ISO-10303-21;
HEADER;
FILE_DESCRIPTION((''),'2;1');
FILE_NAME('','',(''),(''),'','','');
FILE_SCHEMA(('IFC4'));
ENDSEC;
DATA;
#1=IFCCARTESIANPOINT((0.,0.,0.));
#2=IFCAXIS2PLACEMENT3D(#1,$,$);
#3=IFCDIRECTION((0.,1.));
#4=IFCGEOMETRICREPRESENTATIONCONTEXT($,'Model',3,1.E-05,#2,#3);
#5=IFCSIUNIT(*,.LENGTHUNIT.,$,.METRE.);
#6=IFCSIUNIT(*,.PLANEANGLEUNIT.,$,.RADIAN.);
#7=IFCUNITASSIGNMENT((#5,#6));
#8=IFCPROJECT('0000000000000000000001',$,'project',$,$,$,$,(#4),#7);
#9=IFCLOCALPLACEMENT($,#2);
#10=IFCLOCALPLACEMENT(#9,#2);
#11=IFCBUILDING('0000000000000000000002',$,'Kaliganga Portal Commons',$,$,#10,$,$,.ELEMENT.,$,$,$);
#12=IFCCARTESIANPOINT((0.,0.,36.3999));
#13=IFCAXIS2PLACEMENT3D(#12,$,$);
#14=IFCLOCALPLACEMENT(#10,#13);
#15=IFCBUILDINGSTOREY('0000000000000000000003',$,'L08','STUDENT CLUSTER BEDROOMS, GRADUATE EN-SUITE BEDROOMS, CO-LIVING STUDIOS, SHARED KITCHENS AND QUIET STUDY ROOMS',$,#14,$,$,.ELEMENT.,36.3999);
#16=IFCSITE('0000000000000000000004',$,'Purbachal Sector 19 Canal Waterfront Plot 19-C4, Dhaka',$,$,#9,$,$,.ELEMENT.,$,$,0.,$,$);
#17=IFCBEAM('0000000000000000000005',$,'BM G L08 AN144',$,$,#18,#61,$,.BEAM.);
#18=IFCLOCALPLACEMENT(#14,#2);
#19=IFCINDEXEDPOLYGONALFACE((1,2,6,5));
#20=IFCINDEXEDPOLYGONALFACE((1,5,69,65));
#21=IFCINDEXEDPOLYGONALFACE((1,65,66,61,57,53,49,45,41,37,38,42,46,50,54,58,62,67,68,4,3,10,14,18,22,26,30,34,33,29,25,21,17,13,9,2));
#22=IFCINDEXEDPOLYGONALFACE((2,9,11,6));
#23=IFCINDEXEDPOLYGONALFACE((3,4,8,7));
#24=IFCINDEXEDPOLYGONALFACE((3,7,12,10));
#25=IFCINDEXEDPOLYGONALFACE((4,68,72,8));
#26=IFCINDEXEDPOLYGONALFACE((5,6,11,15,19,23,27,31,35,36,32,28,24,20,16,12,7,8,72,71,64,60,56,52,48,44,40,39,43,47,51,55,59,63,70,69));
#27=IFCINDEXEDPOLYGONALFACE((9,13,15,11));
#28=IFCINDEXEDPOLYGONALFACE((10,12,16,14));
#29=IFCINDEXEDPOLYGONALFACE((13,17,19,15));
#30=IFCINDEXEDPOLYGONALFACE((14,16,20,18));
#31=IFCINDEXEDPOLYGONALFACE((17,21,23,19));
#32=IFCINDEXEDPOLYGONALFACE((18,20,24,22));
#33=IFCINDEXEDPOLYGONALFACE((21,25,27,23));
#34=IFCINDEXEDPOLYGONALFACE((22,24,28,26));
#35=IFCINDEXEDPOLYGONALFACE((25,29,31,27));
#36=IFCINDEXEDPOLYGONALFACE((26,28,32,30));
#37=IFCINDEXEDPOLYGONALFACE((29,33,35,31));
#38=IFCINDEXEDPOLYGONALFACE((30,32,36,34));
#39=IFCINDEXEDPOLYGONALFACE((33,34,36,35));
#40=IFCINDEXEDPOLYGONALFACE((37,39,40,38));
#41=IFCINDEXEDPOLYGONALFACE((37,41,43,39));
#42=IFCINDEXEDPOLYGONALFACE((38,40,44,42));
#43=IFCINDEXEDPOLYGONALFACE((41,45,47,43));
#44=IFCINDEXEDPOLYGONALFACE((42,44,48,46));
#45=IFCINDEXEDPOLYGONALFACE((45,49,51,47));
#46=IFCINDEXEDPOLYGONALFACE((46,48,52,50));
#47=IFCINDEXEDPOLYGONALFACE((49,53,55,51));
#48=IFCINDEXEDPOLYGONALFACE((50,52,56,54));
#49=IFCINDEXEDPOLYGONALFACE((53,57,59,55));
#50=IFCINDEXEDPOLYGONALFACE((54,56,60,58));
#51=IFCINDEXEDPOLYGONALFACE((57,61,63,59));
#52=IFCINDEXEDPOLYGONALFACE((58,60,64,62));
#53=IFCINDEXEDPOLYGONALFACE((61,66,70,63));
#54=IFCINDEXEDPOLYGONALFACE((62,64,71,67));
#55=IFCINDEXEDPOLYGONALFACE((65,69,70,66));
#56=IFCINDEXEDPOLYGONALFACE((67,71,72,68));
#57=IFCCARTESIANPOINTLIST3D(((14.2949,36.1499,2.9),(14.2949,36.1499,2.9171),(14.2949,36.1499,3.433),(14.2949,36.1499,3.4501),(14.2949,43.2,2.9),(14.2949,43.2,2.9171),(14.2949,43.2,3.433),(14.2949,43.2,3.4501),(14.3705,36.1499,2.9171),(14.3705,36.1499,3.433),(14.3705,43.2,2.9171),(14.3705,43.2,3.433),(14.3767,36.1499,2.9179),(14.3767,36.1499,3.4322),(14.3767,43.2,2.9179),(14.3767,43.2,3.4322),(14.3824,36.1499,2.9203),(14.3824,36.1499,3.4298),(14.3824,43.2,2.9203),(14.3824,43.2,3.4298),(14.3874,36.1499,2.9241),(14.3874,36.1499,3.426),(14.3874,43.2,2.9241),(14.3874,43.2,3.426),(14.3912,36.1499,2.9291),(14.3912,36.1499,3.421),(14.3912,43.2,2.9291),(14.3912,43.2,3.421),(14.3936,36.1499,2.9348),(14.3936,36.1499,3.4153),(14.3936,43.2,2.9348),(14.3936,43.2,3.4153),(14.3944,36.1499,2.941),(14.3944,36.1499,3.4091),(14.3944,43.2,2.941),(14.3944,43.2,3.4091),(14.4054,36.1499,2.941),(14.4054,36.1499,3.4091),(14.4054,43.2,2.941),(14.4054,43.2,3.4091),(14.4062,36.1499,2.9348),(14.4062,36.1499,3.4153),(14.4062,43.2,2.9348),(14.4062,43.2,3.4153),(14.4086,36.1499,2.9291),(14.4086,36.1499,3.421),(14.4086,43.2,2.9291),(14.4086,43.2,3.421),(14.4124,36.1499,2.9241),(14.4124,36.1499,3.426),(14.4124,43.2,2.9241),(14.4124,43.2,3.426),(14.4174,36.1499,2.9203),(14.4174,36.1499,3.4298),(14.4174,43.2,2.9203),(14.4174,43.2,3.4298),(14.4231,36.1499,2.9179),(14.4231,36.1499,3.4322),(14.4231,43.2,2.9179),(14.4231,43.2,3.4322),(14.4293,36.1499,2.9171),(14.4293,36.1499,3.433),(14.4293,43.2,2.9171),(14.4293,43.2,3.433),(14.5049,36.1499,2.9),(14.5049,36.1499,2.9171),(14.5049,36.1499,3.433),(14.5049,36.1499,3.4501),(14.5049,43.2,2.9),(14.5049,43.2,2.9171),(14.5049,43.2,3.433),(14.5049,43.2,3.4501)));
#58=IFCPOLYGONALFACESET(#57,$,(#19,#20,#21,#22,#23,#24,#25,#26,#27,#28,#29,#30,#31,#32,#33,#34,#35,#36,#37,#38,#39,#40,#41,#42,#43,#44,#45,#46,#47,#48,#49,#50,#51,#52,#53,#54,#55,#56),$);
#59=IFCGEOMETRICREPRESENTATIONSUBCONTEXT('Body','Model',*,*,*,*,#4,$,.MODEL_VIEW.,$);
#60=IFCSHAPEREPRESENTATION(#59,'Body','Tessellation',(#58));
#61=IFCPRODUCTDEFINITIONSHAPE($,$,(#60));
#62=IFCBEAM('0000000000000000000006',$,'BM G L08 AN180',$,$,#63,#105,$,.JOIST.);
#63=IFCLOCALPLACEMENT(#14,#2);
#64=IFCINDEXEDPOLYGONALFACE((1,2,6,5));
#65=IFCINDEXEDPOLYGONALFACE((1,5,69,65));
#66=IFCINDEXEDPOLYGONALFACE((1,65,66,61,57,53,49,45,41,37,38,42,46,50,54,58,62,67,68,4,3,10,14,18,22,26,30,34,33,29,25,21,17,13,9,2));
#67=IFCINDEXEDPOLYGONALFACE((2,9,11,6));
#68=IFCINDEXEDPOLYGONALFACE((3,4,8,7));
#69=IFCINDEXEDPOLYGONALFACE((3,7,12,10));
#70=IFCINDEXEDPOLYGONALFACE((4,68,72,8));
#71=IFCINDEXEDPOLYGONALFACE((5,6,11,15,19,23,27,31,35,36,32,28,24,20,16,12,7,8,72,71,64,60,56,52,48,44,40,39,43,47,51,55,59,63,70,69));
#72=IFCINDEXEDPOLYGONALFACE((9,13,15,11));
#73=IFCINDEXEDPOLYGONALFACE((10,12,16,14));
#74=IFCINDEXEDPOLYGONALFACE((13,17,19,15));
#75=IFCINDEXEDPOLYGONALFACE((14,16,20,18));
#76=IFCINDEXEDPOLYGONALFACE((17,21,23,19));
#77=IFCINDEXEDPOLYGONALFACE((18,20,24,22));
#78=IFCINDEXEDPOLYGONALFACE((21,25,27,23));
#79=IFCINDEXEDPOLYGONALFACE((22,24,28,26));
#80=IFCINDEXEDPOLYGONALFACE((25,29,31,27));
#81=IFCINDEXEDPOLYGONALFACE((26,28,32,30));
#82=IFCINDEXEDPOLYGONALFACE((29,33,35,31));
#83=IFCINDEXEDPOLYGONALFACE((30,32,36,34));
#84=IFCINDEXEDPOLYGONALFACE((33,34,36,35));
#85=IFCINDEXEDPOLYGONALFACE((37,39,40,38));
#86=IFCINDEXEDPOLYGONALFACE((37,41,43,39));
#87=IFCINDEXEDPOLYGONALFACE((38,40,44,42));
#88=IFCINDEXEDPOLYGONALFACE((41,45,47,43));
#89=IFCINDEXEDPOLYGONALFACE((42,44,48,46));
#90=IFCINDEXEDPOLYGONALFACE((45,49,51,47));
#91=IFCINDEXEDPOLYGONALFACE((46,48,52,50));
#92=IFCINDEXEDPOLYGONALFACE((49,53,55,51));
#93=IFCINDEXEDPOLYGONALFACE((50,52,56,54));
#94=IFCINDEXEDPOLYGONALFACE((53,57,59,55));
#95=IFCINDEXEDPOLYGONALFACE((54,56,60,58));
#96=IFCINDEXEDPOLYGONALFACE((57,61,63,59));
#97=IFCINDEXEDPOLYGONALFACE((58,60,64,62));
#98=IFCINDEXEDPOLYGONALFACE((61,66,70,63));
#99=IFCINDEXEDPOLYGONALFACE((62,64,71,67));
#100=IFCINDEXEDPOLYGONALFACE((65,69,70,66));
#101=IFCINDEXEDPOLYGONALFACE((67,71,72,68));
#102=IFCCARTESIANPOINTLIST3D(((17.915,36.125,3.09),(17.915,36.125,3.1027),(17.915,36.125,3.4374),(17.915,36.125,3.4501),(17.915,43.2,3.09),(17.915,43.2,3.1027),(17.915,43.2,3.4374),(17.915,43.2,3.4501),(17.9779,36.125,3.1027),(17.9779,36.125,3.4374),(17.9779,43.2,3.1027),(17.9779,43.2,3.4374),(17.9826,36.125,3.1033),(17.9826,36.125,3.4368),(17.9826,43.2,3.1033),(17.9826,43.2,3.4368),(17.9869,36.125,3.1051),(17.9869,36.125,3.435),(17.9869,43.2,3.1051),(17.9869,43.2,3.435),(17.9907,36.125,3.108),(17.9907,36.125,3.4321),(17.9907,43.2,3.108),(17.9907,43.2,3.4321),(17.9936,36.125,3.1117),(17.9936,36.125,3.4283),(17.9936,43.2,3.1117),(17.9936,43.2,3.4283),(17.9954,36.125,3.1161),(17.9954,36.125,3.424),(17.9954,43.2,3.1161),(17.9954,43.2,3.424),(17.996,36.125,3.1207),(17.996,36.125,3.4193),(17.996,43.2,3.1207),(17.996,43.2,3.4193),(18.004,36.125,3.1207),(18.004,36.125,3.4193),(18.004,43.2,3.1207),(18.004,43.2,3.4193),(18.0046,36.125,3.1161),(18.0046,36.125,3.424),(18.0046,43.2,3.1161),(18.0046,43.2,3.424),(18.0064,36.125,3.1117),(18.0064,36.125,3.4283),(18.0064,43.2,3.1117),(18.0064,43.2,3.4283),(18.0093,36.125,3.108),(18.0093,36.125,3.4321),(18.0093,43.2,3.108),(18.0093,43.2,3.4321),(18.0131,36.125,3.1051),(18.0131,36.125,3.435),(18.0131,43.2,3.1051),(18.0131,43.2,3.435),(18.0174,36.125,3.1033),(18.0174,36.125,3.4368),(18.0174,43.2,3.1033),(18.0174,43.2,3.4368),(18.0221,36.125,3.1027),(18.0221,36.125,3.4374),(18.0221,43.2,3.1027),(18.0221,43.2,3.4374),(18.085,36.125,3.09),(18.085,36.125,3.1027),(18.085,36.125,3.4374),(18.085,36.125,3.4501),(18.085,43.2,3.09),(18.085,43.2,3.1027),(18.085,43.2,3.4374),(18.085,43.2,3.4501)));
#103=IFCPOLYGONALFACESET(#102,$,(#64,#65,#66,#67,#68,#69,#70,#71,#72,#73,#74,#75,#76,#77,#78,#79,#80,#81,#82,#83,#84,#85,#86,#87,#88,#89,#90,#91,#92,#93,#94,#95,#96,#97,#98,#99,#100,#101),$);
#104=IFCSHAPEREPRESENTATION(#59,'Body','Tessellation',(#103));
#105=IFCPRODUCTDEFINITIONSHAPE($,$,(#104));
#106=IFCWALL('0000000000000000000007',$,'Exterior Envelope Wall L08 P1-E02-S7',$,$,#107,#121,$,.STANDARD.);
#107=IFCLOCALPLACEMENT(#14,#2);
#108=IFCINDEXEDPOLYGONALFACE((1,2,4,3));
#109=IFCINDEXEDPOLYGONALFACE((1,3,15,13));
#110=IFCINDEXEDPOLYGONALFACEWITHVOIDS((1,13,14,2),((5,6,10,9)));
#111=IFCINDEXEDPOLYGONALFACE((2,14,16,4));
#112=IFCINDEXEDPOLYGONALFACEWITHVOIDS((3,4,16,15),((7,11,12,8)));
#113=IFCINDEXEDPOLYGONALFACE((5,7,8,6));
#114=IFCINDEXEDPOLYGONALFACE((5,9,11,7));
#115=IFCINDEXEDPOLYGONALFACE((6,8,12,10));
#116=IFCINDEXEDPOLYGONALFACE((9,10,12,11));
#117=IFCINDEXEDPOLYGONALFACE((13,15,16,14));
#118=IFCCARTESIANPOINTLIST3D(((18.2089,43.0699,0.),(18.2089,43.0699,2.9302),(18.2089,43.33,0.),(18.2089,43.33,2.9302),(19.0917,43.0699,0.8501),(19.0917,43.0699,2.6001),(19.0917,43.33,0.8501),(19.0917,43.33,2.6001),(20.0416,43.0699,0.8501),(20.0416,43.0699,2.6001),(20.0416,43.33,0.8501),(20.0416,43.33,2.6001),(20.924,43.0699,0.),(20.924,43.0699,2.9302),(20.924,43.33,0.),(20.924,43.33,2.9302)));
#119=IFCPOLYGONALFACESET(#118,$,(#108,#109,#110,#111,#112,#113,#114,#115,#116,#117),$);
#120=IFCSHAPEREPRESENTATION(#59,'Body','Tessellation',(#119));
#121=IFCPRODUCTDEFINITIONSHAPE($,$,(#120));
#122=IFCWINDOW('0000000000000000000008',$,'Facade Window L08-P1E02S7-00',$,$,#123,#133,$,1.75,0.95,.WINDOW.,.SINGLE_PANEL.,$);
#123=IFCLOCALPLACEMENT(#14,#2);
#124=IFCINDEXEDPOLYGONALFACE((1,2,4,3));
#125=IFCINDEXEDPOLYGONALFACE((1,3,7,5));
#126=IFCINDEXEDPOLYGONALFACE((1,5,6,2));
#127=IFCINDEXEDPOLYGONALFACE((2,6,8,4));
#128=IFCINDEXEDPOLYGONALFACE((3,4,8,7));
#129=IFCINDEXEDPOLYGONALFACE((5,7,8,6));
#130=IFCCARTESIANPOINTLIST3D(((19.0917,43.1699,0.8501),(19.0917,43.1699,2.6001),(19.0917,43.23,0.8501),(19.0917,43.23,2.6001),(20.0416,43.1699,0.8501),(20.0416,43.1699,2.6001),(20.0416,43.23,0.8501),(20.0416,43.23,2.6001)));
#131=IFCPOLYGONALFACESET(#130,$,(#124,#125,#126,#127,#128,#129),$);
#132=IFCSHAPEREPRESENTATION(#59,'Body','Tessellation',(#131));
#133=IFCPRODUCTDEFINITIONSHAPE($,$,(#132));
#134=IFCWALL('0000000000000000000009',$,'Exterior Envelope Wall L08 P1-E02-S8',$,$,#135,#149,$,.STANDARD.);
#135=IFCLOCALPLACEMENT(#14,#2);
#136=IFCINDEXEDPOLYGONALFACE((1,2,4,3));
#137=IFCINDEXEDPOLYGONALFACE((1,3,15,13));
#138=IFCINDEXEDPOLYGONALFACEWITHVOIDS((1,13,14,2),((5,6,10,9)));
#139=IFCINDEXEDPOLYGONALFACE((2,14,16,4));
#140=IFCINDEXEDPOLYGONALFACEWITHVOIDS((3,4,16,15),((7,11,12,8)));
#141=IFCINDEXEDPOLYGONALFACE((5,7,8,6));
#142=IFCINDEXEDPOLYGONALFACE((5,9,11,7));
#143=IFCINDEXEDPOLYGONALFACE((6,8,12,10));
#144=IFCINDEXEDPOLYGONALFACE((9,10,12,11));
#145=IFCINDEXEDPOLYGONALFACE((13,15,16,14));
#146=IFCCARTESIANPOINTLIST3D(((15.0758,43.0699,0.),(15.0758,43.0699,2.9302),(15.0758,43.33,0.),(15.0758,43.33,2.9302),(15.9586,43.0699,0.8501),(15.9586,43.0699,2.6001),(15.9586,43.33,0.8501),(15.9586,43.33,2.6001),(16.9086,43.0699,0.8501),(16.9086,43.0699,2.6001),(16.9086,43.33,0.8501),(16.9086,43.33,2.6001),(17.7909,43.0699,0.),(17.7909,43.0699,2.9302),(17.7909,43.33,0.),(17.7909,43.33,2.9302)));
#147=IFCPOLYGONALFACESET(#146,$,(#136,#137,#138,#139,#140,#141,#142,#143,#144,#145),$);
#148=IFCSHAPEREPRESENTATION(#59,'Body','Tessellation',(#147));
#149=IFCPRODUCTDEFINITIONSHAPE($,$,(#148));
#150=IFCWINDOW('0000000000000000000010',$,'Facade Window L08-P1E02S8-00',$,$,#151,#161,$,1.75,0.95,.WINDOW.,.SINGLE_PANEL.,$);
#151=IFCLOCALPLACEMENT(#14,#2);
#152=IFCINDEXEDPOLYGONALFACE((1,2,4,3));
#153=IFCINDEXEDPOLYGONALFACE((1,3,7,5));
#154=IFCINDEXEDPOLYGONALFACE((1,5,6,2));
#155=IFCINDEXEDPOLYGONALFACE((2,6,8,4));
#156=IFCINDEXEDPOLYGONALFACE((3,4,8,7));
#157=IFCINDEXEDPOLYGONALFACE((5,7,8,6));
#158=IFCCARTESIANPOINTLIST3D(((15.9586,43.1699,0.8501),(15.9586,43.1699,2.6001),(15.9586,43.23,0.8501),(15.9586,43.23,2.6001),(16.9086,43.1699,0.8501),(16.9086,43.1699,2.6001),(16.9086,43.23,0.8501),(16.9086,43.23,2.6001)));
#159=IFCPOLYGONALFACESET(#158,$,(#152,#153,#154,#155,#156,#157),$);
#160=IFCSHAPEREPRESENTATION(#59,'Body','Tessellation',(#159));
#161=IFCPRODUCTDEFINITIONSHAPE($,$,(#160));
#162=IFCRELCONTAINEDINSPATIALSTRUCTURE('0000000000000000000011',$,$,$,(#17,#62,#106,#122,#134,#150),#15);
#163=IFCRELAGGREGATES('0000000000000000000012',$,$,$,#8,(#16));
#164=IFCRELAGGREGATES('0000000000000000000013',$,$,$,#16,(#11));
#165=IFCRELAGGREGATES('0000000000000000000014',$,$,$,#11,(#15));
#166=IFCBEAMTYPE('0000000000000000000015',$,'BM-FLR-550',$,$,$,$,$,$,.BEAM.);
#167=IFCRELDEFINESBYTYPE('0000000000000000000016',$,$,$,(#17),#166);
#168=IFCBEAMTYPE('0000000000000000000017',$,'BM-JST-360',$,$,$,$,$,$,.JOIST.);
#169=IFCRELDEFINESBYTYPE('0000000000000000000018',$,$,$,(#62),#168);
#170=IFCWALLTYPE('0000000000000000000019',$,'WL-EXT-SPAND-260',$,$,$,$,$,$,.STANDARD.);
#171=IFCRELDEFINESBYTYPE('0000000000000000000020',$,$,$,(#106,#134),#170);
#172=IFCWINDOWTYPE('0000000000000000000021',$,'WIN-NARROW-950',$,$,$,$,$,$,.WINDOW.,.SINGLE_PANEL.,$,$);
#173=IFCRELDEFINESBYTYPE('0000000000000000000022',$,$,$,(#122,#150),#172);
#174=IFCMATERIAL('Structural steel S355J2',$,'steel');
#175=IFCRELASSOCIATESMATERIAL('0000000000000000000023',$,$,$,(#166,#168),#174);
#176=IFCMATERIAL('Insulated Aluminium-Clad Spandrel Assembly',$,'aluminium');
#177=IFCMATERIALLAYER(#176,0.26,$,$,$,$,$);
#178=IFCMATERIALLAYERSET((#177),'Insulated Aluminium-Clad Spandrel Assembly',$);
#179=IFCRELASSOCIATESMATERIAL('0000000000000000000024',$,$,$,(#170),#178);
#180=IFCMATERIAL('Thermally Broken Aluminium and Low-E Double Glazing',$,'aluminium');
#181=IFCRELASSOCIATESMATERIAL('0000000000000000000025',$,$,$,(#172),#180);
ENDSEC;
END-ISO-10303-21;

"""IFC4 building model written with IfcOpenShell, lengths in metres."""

from ifc_helpers import new_model, si_unit, direction, frame, frame_2d, origin, origin_2d, place, context, subcontext, project, spatial, rectangle, i_section, extrude, source, transform, mapped, material, layer, layer_set, material_profile, profile_set, type_object, element, fill, save


model = new_model("IFC4")

# Units and contexts
model_context = context("Model", 3, precision=1e-05, world=origin(), true_north=direction((0.0, 1.0)))
body_context = subcontext(model_context, "Body", "Model", "MODEL_VIEW")
ifc_project = project(units=[si_unit("LENGTHUNIT", "METRE"), si_unit("PLANEANGLEUNIT", "RADIAN")], contexts=[model_context])

# Site, building, storey
site_placement = place(None, origin())
site = spatial("IfcSite", under=ifc_project, at=site_placement, Name="Purbachal Sector 19 Canal Waterfront Plot 19-C4, Dhaka", CompositionType="ELEMENT", RefElevation=0.0)
building_placement = place(site_placement, origin())
building = spatial("IfcBuilding", under=site, at=building_placement, Name="Kaliganga Portal Commons", CompositionType="ELEMENT")
storey_placement = place(building_placement, frame((0.0, 0.0, 36.3999)))
storey = spatial("IfcBuildingStorey", under=building, at=storey_placement, Name="L08", Description="STUDENT CLUSTER BEDROOMS, GRADUATE EN-SUITE BEDROOMS, CO-LIVING STUDIOS, SHARED KITCHENS AND QUIET STUDY ROOMS", CompositionType="ELEMENT", Elevation=36.3999)

# Beams
ifc_material_1 = material(Name="Structural steel S355J2", Category="steel")
ifc_material_profile_1 = material_profile(ifc_material_1, i_section(OverallWidth=0.21, OverallDepth=0.55, WebThickness=0.011, FlangeThickness=0.0171, FilletRadius=0.0239, at=origin_2d()), Name="IPE 550")
ifc_profile_set_1 = profile_set([ifc_material_profile_1], Name="Structural steel S355J2 wide-flange")
beam_type_1 = type_object("IfcBeamType", Name="BM-FLR-550", PredefinedType="BEAM", material=ifc_profile_set_1)
shared_shape_1 = source(origin(), body_context, "Body", "SweptSolid", [
    extrude(i_section(OverallWidth=0.21, OverallDepth=0.55, WebThickness=0.011, FlangeThickness=0.0171, FilletRadius=0.0239, at=origin_2d()), origin(), (0.0, 0.0, 1.0), 7.05),
])
beam_1_placement = place(storey_placement, frame((14.3999, 36.1499, 3.175), z_axis=(0.0, 1.0, 0.0), x_axis=(-1.0, 0.0, 0.0)))
element("IfcBeam", 1, at=beam_1_placement, inside=storey, type_object=beam_type_1, Name="BM G L08 AN144", PredefinedType="BEAM", context=body_context, shape_type="MappedRepresentation", body=[
    mapped(shared_shape_1, transform((0.0, 0.0, 0.0), x_axis=(1.0, 0.0, 0.0), y_axis=(0.0, 1.0, 0.0), z_axis=(0.0, 0.0, 1.0), scale=1.0)),
])
ifc_material_profile_2 = material_profile(ifc_material_1, i_section(OverallWidth=0.1699, OverallDepth=0.3601, WebThickness=0.0081, FlangeThickness=0.0127, FilletRadius=0.0181, at=origin_2d()), Name="IPE 360")
ifc_profile_set_2 = profile_set([ifc_material_profile_2], Name="Structural steel S355J2 wide-flange")
beam_type_2 = type_object("IfcBeamType", Name="BM-JST-360", PredefinedType="JOIST", material=ifc_profile_set_2)
shared_shape_2 = source(origin(), body_context, "Body", "SweptSolid", [
    extrude(i_section(OverallWidth=0.1699, OverallDepth=0.3601, WebThickness=0.0081, FlangeThickness=0.0127, FilletRadius=0.0181, at=origin_2d()), origin(), (0.0, 0.0, 1.0), 7.075),
])
beam_2_placement = place(storey_placement, frame((18.0, 36.125, 3.27), z_axis=(0.0, 1.0, 0.0), x_axis=(-1.0, 0.0, 0.0)))
element("IfcBeam", 2, at=beam_2_placement, inside=storey, type_object=beam_type_2, Name="BM G L08 AN180", PredefinedType="JOIST", context=body_context, shape_type="MappedRepresentation", body=[
    mapped(shared_shape_2, transform((0.0, 0.0, 0.0), x_axis=(1.0, 0.0, 0.0), y_axis=(0.0, 1.0, 0.0), z_axis=(0.0, 0.0, 1.0), scale=1.0)),
])

# Walls, openings, windows
ifc_material_2 = material(Name="Insulated Aluminium-Clad Spandrel Assembly", Category="aluminium")
ifc_layer_1 = layer(ifc_material_2, 0.26)
ifc_layer_set_1 = layer_set([ifc_layer_1], Name="Insulated Aluminium-Clad Spandrel Assembly")
wall_type_1 = type_object("IfcWallType", Name="WL-EXT-SPAND-260", PredefinedType="STANDARD", material=ifc_layer_set_1)
wall_1_placement = place(storey_placement, frame((18.209, 43.2, 0.0), z_axis=(0.0, 0.0, 1.0), x_axis=(1.0, 0.0, 0.0)))
wall_1 = element("IfcWall", 3, at=wall_1_placement, inside=storey, type_object=wall_type_1, Name="Exterior Envelope Wall L08 P1-E02-S7", PredefinedType="STANDARD", context=body_context, shape_type="SweptSolid", body=[
    extrude(rectangle(XDim=2.7151, YDim=0.26, at=frame_2d((1.3574, 0.0))), origin(), (0.0, 0.0, 1.0), 2.9302),
])
opening_1_placement = place(wall_1_placement, frame((0.8826, 0.0, 0.8501)))
opening_1 = element("IfcOpeningElement", 4, at=opening_1_placement, cuts=wall_1, PredefinedType="OPENING", context=body_context, shape_type="SweptSolid", body=[
    extrude(rectangle(XDim=0.95, YDim=1.75, at=frame_2d((0.4751, 0.875))), frame((0.0, 0.1401, 0.0), z_axis=(0.0, -1.0, 0.0), x_axis=(1.0, 0.0, 0.0)), (0.0, 0.0, 1.0), 0.28),
])
ifc_material_3 = material(Name="Thermally Broken Aluminium and Low-E Double Glazing", Category="aluminium")
window_type = type_object("IfcWindowType", Name="WIN-NARROW-950", PartitioningType="SINGLE_PANEL", PredefinedType="WINDOW", material=ifc_material_3)
window_1_placement = place(opening_1_placement, origin())
window_1 = element("IfcWindow", 5, at=window_1_placement, inside=storey, type_object=window_type, Name="Facade Window L08-P1E02S7-00", OverallHeight=1.75, OverallWidth=0.95, PartitioningType="SINGLE_PANEL", PredefinedType="WINDOW", context=body_context, shape_type="SweptSolid", body=[
    extrude(rectangle(XDim=0.95, YDim=1.75, at=frame_2d((0.4751, 0.875))), frame((0.0, 0.03, 0.0), z_axis=(0.0, -1.0, 0.0), x_axis=(1.0, 0.0, 0.0)), (0.0, 0.0, 1.0), 0.0601),
])
fill(opening_1, window_1)
wall_2_placement = place(storey_placement, frame((15.0759, 43.2, 0.0), z_axis=(0.0, 0.0, 1.0), x_axis=(1.0, 0.0, 0.0)))
wall_2 = element("IfcWall", 6, at=wall_2_placement, inside=storey, type_object=wall_type_1, Name="Exterior Envelope Wall L08 P1-E02-S8", PredefinedType="STANDARD", context=body_context, shape_type="SweptSolid", body=[
    extrude(rectangle(XDim=2.7151, YDim=0.26, at=frame_2d((1.3574, 0.0))), origin(), (0.0, 0.0, 1.0), 2.9302),
])
opening_2_placement = place(wall_2_placement, frame((0.8826, 0.0, 0.8501)))
opening_2 = element("IfcOpeningElement", 7, at=opening_2_placement, cuts=wall_2, PredefinedType="OPENING", context=body_context, shape_type="SweptSolid", body=[
    extrude(rectangle(XDim=0.95, YDim=1.75, at=frame_2d((0.4751, 0.875))), frame((0.0, 0.1401, 0.0), z_axis=(0.0, -1.0, 0.0), x_axis=(1.0, 0.0, 0.0)), (0.0, 0.0, 1.0), 0.28),
])
window_2_placement = place(opening_2_placement, origin())
window_2 = element("IfcWindow", 8, at=window_2_placement, inside=storey, type_object=window_type, Name="Facade Window L08-P1E02S8-00", OverallHeight=1.75, OverallWidth=0.95, PartitioningType="SINGLE_PANEL", PredefinedType="WINDOW", context=body_context, shape_type="SweptSolid", body=[
    extrude(rectangle(XDim=0.95, YDim=1.75, at=frame_2d((0.4751, 0.875))), frame((0.0, 0.03, 0.0), z_axis=(0.0, -1.0, 0.0), x_axis=(1.0, 0.0, 0.0)), (0.0, 0.0, 1.0), 0.0601),
])
fill(opening_2, window_2)

save(model, "model.ifc")
